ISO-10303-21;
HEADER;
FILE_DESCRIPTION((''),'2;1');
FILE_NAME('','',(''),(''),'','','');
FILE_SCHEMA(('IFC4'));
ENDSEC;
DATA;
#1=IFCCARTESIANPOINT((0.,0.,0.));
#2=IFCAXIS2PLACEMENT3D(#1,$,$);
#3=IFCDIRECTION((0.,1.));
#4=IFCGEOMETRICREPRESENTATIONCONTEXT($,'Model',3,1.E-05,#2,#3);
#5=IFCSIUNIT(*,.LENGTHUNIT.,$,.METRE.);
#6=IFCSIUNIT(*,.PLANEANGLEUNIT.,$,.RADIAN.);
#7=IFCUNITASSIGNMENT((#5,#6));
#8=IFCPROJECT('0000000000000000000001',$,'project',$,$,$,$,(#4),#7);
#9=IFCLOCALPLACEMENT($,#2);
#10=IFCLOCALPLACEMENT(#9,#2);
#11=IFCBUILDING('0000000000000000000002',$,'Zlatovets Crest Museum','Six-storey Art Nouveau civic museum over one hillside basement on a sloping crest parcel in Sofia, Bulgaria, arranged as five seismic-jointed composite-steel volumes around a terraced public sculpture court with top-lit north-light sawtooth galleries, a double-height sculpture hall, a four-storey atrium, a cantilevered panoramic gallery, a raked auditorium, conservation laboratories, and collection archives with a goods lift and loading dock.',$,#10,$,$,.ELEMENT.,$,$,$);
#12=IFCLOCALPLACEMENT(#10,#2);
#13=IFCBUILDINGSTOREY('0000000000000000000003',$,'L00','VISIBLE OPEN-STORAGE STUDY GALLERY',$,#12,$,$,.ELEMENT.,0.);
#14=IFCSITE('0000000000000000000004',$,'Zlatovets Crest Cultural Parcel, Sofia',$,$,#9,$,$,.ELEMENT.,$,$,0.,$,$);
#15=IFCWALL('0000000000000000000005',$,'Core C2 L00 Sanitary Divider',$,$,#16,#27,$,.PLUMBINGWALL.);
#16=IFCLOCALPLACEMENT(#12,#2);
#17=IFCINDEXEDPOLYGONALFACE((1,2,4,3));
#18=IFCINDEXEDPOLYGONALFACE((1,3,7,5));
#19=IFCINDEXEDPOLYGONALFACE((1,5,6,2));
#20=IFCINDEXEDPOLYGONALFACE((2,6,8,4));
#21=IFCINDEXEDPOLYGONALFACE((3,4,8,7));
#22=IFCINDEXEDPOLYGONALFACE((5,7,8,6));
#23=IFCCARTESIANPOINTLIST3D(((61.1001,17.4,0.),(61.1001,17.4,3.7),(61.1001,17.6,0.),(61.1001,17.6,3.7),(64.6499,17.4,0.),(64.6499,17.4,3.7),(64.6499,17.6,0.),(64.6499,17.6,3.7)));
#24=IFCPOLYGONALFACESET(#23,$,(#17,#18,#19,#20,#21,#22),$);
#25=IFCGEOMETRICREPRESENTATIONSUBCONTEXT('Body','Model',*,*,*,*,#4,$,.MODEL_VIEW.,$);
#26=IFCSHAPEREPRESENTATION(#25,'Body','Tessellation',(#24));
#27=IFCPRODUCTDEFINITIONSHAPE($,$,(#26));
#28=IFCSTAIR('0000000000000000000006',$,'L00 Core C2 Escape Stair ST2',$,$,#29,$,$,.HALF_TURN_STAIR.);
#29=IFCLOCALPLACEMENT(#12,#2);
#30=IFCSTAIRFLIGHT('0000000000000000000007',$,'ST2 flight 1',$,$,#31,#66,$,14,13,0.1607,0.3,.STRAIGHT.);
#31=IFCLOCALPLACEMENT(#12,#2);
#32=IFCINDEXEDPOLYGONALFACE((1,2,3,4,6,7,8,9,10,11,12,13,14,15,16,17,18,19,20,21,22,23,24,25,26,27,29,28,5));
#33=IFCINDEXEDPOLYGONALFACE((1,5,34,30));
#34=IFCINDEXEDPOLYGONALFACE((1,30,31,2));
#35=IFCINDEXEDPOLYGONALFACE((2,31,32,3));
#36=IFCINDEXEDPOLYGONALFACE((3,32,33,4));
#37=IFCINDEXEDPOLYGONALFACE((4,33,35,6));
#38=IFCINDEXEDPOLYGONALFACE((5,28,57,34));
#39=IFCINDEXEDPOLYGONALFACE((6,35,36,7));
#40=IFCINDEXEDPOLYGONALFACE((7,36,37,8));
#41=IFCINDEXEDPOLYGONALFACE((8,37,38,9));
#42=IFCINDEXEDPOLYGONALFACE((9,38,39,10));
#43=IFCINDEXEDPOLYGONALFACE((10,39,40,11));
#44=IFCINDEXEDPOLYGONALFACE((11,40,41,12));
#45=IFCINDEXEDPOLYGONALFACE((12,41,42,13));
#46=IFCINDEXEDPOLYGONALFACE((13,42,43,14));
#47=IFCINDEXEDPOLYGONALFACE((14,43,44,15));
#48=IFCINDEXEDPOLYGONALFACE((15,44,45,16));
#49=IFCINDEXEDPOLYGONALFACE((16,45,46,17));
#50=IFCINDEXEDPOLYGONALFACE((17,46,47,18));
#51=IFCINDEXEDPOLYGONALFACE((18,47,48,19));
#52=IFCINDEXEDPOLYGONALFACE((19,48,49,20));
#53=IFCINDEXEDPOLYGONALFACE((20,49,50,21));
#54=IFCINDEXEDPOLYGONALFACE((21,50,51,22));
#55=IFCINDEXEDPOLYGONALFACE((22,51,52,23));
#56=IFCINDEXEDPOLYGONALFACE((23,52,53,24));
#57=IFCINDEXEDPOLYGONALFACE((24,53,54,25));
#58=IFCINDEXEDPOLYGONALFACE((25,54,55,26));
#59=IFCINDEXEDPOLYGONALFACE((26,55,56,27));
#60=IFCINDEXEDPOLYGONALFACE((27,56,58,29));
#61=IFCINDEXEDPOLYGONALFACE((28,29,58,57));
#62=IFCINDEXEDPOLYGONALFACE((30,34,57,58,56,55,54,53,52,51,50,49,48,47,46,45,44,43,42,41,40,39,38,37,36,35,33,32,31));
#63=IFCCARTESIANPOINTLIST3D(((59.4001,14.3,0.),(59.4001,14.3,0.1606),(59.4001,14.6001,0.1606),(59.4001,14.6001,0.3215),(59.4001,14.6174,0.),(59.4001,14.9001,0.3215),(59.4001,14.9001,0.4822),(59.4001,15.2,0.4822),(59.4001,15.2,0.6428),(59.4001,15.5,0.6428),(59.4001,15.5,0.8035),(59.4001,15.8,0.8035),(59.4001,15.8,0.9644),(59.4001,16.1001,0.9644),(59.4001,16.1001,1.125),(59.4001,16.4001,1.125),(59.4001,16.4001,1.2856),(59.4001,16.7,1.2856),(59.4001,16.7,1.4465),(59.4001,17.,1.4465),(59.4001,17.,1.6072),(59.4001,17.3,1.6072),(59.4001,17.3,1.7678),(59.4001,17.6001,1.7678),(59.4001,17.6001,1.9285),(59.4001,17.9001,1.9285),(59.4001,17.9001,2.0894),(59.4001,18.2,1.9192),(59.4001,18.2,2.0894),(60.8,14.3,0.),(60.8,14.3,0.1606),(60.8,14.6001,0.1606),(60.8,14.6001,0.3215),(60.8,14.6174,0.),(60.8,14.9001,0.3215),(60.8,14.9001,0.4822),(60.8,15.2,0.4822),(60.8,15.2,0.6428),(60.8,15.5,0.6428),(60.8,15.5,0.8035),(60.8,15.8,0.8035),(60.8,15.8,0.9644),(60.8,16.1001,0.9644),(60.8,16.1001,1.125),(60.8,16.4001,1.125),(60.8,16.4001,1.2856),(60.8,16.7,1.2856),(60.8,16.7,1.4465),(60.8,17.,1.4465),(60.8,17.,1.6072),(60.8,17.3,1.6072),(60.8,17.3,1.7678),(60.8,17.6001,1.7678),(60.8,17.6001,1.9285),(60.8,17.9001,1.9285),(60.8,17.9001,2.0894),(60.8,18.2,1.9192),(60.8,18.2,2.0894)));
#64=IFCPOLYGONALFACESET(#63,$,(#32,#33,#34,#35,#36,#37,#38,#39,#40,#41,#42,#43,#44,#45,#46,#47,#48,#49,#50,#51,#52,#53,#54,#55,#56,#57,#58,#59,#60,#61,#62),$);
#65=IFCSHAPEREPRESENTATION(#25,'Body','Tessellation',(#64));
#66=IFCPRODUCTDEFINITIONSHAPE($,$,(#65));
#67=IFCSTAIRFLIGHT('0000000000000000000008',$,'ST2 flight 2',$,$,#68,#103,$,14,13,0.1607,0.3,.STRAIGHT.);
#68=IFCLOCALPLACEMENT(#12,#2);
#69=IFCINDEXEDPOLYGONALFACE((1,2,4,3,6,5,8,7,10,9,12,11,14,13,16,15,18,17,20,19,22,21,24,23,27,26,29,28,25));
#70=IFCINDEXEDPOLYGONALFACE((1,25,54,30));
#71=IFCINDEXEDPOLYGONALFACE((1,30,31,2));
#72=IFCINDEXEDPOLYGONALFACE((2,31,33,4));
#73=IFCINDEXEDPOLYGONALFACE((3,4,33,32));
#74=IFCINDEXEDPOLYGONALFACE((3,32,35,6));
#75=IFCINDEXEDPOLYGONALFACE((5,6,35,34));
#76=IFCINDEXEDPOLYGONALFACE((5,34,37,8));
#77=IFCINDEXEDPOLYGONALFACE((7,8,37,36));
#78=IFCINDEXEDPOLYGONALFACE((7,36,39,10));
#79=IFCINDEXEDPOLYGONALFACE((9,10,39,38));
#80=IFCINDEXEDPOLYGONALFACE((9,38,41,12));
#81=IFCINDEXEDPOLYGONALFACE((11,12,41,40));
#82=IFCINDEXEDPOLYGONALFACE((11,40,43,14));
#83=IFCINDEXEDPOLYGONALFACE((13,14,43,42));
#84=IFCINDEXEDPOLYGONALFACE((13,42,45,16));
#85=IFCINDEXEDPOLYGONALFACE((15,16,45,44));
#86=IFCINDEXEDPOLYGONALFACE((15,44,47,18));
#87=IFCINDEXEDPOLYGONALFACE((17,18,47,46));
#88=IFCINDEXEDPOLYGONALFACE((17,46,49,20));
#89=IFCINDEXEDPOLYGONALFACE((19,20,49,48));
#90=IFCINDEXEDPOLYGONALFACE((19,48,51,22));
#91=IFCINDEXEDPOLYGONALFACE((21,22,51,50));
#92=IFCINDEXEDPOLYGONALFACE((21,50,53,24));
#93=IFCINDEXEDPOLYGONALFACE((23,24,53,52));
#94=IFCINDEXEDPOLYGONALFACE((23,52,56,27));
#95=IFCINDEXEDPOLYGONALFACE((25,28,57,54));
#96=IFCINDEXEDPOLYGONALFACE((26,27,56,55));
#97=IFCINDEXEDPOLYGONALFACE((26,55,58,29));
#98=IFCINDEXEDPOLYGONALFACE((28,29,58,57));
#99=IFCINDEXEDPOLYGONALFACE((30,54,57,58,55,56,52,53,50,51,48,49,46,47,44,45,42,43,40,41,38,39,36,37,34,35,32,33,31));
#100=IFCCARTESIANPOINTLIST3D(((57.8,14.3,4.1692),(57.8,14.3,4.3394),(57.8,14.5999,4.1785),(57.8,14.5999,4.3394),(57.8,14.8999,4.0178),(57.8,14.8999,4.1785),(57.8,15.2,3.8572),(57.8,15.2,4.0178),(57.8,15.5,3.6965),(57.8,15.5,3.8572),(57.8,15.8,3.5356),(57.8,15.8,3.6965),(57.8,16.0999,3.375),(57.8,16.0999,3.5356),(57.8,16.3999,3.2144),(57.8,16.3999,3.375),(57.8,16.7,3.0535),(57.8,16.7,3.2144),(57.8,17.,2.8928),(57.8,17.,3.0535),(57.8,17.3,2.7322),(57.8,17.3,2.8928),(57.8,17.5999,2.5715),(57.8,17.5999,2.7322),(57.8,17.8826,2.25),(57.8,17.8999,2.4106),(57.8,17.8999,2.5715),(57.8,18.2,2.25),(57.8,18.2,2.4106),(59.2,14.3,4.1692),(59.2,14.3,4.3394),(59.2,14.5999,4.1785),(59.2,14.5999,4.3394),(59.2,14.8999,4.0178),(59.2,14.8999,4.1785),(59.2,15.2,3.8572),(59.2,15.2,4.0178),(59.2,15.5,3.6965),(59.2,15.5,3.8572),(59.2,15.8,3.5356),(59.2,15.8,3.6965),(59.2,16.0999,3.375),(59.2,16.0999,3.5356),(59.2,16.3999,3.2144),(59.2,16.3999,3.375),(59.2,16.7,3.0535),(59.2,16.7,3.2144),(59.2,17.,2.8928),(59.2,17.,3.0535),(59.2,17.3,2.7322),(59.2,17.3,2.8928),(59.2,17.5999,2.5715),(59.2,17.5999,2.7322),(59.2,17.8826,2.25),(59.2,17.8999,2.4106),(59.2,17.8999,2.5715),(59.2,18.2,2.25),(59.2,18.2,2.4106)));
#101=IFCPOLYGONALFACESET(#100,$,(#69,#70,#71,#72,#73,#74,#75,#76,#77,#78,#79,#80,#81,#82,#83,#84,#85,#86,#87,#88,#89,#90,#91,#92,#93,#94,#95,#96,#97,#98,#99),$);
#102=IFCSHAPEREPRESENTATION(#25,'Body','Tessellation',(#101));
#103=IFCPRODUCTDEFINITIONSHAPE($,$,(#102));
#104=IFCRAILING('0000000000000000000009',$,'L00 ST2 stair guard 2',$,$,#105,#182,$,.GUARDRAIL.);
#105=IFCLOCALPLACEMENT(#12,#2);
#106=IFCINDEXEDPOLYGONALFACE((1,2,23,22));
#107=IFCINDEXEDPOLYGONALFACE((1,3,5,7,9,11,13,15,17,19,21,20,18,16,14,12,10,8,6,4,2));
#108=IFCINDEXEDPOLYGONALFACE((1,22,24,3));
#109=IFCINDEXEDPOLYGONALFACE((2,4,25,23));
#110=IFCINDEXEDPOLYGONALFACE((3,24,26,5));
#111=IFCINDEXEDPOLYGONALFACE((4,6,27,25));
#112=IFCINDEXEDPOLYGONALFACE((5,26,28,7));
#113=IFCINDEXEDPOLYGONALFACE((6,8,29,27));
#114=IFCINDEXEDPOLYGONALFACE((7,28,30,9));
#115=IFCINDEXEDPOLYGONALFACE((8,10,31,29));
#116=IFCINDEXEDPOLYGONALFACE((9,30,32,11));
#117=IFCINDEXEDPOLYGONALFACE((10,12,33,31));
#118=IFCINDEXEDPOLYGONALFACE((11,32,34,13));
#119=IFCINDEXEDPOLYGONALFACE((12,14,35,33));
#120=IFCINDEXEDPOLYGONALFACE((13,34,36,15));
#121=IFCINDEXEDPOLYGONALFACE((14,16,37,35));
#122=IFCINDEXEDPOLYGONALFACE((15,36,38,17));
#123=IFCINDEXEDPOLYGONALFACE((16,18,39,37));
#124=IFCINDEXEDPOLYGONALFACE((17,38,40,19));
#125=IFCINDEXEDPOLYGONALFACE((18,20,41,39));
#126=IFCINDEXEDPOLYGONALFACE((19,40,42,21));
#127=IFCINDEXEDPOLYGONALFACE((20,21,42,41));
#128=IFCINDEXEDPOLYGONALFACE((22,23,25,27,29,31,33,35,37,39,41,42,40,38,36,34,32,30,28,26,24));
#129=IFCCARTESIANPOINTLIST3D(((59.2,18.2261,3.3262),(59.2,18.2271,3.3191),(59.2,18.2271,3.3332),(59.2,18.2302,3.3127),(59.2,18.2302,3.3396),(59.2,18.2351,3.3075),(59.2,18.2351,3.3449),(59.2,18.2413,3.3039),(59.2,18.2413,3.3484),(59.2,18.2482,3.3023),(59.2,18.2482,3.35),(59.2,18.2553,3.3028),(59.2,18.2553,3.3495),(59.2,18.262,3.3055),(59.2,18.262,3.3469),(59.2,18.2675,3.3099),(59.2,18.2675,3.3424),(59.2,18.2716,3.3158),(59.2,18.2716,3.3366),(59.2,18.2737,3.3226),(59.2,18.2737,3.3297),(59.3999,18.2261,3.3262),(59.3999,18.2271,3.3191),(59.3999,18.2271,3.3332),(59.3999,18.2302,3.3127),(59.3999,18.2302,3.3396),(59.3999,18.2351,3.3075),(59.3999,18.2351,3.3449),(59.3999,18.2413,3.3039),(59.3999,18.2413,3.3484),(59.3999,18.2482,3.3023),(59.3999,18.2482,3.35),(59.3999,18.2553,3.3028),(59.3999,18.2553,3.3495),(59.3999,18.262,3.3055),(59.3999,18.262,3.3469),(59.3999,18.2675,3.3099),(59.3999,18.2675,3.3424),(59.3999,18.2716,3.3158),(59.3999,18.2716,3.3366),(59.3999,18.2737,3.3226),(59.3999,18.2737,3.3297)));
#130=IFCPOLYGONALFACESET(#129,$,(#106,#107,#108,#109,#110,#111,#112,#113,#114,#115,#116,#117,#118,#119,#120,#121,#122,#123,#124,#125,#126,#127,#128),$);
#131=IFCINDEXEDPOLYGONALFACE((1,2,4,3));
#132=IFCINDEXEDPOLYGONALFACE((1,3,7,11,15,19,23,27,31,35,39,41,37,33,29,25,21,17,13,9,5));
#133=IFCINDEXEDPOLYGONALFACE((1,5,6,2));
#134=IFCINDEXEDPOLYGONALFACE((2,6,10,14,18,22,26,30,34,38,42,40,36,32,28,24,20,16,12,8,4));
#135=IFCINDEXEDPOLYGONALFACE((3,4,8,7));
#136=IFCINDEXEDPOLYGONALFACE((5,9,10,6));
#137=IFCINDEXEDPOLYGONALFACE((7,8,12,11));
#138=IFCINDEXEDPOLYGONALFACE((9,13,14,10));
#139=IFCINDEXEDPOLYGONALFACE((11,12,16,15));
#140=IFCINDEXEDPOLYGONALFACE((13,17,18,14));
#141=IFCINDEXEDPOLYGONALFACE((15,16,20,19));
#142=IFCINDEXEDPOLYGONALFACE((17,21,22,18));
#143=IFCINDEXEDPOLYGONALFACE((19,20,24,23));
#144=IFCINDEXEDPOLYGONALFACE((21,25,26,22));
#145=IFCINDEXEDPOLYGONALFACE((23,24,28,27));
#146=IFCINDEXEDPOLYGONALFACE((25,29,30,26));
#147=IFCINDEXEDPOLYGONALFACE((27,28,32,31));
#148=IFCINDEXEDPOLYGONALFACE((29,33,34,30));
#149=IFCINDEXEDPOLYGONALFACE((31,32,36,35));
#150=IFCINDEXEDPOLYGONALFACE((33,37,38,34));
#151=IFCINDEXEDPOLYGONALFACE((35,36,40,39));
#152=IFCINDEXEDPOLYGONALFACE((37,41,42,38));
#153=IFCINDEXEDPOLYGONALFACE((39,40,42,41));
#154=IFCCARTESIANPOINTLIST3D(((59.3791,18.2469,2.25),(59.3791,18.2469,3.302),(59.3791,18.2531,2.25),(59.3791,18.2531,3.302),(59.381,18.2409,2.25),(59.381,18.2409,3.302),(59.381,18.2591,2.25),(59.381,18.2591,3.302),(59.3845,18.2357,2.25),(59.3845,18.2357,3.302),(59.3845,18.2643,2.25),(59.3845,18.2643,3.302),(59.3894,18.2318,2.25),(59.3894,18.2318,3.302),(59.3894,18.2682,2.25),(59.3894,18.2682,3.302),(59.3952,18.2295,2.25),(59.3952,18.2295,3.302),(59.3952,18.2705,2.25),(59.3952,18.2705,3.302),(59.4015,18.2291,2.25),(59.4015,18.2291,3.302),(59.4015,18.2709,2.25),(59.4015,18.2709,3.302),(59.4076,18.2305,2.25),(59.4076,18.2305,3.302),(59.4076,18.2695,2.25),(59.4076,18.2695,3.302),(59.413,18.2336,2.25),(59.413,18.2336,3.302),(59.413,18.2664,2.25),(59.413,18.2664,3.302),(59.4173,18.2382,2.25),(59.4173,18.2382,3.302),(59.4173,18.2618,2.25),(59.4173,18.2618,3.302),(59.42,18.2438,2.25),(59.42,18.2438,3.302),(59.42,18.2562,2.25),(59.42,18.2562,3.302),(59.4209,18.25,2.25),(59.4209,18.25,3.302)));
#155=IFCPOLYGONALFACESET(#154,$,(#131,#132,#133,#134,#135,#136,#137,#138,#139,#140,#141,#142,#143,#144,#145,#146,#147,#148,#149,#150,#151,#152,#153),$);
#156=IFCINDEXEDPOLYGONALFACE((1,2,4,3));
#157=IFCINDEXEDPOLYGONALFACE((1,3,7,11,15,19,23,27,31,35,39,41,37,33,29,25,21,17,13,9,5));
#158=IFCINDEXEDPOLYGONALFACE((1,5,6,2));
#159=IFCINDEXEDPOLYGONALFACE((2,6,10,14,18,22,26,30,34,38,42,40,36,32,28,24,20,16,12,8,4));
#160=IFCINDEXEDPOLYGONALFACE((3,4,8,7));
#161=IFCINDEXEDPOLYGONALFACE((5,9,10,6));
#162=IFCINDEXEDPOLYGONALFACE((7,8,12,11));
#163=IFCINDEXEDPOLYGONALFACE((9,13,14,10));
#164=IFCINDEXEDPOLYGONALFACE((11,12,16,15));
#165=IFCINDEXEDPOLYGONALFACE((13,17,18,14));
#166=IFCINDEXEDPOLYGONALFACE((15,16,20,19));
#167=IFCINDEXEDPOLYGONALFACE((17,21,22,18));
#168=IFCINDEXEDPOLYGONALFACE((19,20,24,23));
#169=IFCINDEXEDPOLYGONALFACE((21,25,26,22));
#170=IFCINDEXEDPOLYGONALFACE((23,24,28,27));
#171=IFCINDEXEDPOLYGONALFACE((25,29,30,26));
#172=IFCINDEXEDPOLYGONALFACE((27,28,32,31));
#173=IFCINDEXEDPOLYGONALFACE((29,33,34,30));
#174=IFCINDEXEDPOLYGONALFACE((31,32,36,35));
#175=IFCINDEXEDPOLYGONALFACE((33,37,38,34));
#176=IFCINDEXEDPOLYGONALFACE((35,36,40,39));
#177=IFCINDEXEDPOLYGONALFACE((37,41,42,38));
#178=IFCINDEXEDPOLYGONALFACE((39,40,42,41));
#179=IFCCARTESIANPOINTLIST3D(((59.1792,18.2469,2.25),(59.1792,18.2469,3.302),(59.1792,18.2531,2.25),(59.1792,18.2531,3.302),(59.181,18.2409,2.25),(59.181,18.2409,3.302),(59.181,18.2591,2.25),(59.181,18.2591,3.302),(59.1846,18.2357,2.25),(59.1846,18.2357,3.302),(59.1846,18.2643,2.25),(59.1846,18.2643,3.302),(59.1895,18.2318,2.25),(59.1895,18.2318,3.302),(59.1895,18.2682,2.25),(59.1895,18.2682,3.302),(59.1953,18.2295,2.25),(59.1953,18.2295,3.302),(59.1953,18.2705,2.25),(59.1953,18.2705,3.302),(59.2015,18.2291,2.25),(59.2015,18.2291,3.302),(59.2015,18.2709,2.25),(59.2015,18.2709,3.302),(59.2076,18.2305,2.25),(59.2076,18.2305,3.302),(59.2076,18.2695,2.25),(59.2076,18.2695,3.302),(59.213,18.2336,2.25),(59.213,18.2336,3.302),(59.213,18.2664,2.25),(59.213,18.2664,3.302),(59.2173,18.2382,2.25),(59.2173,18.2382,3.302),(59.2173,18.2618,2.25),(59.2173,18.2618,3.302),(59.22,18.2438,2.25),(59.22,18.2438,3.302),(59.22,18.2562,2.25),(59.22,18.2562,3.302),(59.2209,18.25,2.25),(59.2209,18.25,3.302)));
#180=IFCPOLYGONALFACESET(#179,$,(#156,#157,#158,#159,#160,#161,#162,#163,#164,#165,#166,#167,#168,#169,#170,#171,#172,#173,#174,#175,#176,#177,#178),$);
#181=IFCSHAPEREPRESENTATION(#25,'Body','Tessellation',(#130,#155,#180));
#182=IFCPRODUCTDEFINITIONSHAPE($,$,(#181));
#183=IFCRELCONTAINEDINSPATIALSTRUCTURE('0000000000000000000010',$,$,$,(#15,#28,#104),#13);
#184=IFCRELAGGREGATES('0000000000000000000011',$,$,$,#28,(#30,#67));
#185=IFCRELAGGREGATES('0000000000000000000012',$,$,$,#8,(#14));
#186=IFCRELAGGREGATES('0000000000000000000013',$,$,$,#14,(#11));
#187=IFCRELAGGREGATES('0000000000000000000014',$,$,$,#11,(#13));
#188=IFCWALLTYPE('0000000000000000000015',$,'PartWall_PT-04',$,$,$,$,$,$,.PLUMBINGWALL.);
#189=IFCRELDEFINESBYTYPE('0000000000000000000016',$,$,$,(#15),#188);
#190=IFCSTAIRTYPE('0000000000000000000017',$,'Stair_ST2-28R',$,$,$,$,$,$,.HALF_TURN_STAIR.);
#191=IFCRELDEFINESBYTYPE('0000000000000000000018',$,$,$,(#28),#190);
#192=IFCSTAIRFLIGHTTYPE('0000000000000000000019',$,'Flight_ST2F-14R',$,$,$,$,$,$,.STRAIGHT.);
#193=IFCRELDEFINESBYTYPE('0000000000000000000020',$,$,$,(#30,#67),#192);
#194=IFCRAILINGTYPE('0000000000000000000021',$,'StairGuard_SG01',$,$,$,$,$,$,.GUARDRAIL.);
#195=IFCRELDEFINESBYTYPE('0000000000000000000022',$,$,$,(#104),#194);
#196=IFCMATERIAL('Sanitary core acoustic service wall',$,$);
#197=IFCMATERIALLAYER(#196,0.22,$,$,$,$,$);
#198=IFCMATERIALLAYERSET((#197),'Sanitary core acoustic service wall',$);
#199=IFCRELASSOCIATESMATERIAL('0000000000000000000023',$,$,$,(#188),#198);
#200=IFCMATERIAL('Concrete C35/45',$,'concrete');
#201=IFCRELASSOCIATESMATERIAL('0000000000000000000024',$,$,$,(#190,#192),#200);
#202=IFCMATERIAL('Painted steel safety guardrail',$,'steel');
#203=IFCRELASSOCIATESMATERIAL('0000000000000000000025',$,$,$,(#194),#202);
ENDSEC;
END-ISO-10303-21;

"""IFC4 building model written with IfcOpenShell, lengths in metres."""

from ifc_helpers import new_model, si_unit, direction, frame, frame_2d, origin, origin_2d, place, context, subcontext, project, spatial, polyline, rectangle, circle, outline, extrude, material, layer, layer_set, type_object, element, aggregate, save


model = new_model("IFC4")

# Units and contexts
model_context = context("Model", 3, precision=1e-05, world=origin(), true_north=direction((0.0, 1.0)))
body_context = subcontext(model_context, "Body", "Model", "MODEL_VIEW")
ifc_project = project(units=[si_unit("LENGTHUNIT", "METRE"), si_unit("PLANEANGLEUNIT", "RADIAN")], contexts=[model_context])

# Site, building, storey
site_placement = place(None, origin())
site = spatial("IfcSite", under=ifc_project, at=site_placement, Name="Zlatovets Crest Cultural Parcel, Sofia", CompositionType="ELEMENT", RefElevation=0.0)
building_placement = place(site_placement, origin())
building = spatial("IfcBuilding", under=site, at=building_placement, Name="Zlatovets Crest Museum", Description="Six-storey Art Nouveau civic museum over one hillside basement on a sloping crest parcel in Sofia, Bulgaria, arranged as five seismic-jointed composite-steel volumes around a terraced public sculpture court with top-lit north-light sawtooth galleries, a double-height sculpture hall, a four-storey atrium, a cantilevered panoramic gallery, a raked auditorium, conservation laboratories, and collection archives with a goods lift and loading dock.", CompositionType="ELEMENT")
storey_placement = place(building_placement, origin())
storey = spatial("IfcBuildingStorey", under=building, at=storey_placement, Name="L00", Description="VISIBLE OPEN-STORAGE STUDY GALLERY", CompositionType="ELEMENT", Elevation=0.0)

# Shared definitions
ifc_material_1 = material(Name="Concrete C35/45", Category="concrete")

# Wall
ifc_material_2 = material(Name="Sanitary core acoustic service wall")
ifc_layer_1 = layer(ifc_material_2, 0.22)
ifc_layer_set_1 = layer_set([ifc_layer_1], Name="Sanitary core acoustic service wall")
wall_type_1 = type_object("IfcWallType", Name="PartWall_PT-04", PredefinedType="PLUMBINGWALL", material=ifc_layer_set_1)
for number, where, z_axis, x_axis, name in (
    (1, (61.1001, 17.5, 0.0), (0.0, 0.0, 1.0), (1.0, 0.0, 0.0), "Core C2 L00 Sanitary Divider"),
):
    element("IfcWall", number, at=place(storey_placement, frame(where, z_axis=z_axis, x_axis=x_axis)), inside=storey, type_object=wall_type_1, Name=name, PredefinedType="PLUMBINGWALL", context=body_context, shape_type="SweptSolid", body=[
        extrude(rectangle(XDim=3.5498, YDim=0.2, at=frame_2d((1.7749, 0.0))), origin(), (0.0, 0.0, 1.0), 3.7),
    ])

# Stair, stair flights
stair_type = type_object("IfcStairType", Name="Stair_ST2-28R", PredefinedType="HALF_TURN_STAIR", material=ifc_material_1)
stair_placement = place(storey_placement, origin())
stair = element("IfcStair", 2, at=stair_placement, inside=storey, type_object=stair_type, Name="L00 Core C2 Escape Stair ST2", PredefinedType="HALF_TURN_STAIR")
stair_flight_type = type_object("IfcStairFlightType", Name="Flight_ST2F-14R", PredefinedType="STRAIGHT", material=ifc_material_1)
stair_flight_1_placement = place(storey_placement, frame((60.1001, 14.3, 0.0), z_axis=(0.0, 0.0, 1.0), x_axis=(0.0, 1.0, 0.0)))
stair_flight_1 = element("IfcStairFlight", 3, at=stair_flight_1_placement, type_object=stair_flight_type, Name="ST2 flight 1", NumberOfRisers=14, NumberOfTreads=13, PredefinedType="STRAIGHT", RiserHeight=0.1607, TreadLength=0.3, context=body_context, shape_type="SweptSolid", body=[
    extrude(outline(polyline([(0.0, 0.0), (0.0, 0.1606), (0.3, 0.1606), (0.3, 0.3215), (0.6001, 0.3215), (0.6001, 0.4822), (0.8999, 0.4822), (0.8999, 0.6428), (1.2, 0.6428), (1.2, 0.8035), (1.5, 0.8035), (1.5, 0.9644), (1.8, 0.9644), (1.8, 1.125), (2.1001, 1.125), (2.1001, 1.2856), (2.3999, 1.2856), (2.3999, 1.4465), (2.7, 1.4465), (2.7, 1.6072), (3.0, 1.6072), (3.0, 1.7678), (3.3, 1.7678), (3.3, 1.9285), (3.6001, 1.9285), (3.6001, 2.0894), (3.8999, 2.0894), (3.8999, 2.25), (3.8999, 1.9192), (0.3174, 0.0), (0.0, 0.0)])), frame((0.0, 0.7, 0.0), z_axis=(0.0, -1.0, 0.0), x_axis=(1.0, 0.0, 0.0)), (0.0, 0.0, 1.0), 1.3999),
])
stair_flight_2_placement = place(storey_placement, frame((58.5, 18.2, 2.25), z_axis=(0.0, 0.0, 1.0), x_axis=(0.0, -1.0, 0.0)))
stair_flight_2 = element("IfcStairFlight", 4, at=stair_flight_2_placement, type_object=stair_flight_type, Name="ST2 flight 2", NumberOfRisers=14, NumberOfTreads=13, PredefinedType="STRAIGHT", RiserHeight=0.1607, TreadLength=0.3, context=body_context, shape_type="SweptSolid", body=[
    extrude(outline(polyline([(0.0, 0.0), (0.0, 0.1606), (0.3, 0.1606), (0.3, 0.3215), (0.6001, 0.3215), (0.6001, 0.4822), (0.8999, 0.4822), (0.8999, 0.6428), (1.2, 0.6428), (1.2, 0.8035), (1.5, 0.8035), (1.5, 0.9644), (1.8, 0.9644), (1.8, 1.125), (2.1001, 1.125), (2.1001, 1.2856), (2.3999, 1.2856), (2.3999, 1.4465), (2.7, 1.4465), (2.7, 1.6072), (3.0, 1.6072), (3.0, 1.7678), (3.3, 1.7678), (3.3, 1.9285), (3.6001, 1.9285), (3.6001, 2.0894), (3.8999, 2.0894), (3.8999, 2.25), (3.8999, 1.9192), (0.3174, 0.0), (0.0, 0.0)])), frame((0.0, 0.7, 0.0), z_axis=(0.0, -1.0, 0.0), x_axis=(1.0, 0.0, 0.0)), (0.0, 0.0, 1.0), 1.3999),
])
aggregate(stair, [stair_flight_1, stair_flight_2])

# Railing
ifc_material_3 = material(Name="Painted steel safety guardrail", Category="steel")
railing_type_1 = type_object("IfcRailingType", Name="StairGuard_SG01", PredefinedType="GUARDRAIL", material=ifc_material_3)
railing_1_placement = place(storey_placement, frame((59.3999, 18.25, 2.25)))
element("IfcRailing", 5, at=railing_1_placement, inside=storey, type_object=railing_type_1, Name="L00 ST2 stair guard 2", PredefinedType="GUARDRAIL", context=body_context, shape_type="SweptSolid", body=[
    extrude(circle(Radius=0.0239, at=origin_2d()), frame((0.0, 0.0, 1.0762), z_axis=(-1.0, 0.0, 0.0), x_axis=(0.0, -1.0, 0.0)), (0.0, 0.0, 1.0), 0.2),
    extrude(circle(Radius=0.021, at=origin_2d()), origin(), (0.0, 0.0, 1.0), 1.052),
    extrude(circle(Radius=0.021, at=origin_2d()), frame((-0.2, 0.0, 0.0)), (0.0, 0.0, 1.0), 1.052),
])

save(model, "model.ifc")
